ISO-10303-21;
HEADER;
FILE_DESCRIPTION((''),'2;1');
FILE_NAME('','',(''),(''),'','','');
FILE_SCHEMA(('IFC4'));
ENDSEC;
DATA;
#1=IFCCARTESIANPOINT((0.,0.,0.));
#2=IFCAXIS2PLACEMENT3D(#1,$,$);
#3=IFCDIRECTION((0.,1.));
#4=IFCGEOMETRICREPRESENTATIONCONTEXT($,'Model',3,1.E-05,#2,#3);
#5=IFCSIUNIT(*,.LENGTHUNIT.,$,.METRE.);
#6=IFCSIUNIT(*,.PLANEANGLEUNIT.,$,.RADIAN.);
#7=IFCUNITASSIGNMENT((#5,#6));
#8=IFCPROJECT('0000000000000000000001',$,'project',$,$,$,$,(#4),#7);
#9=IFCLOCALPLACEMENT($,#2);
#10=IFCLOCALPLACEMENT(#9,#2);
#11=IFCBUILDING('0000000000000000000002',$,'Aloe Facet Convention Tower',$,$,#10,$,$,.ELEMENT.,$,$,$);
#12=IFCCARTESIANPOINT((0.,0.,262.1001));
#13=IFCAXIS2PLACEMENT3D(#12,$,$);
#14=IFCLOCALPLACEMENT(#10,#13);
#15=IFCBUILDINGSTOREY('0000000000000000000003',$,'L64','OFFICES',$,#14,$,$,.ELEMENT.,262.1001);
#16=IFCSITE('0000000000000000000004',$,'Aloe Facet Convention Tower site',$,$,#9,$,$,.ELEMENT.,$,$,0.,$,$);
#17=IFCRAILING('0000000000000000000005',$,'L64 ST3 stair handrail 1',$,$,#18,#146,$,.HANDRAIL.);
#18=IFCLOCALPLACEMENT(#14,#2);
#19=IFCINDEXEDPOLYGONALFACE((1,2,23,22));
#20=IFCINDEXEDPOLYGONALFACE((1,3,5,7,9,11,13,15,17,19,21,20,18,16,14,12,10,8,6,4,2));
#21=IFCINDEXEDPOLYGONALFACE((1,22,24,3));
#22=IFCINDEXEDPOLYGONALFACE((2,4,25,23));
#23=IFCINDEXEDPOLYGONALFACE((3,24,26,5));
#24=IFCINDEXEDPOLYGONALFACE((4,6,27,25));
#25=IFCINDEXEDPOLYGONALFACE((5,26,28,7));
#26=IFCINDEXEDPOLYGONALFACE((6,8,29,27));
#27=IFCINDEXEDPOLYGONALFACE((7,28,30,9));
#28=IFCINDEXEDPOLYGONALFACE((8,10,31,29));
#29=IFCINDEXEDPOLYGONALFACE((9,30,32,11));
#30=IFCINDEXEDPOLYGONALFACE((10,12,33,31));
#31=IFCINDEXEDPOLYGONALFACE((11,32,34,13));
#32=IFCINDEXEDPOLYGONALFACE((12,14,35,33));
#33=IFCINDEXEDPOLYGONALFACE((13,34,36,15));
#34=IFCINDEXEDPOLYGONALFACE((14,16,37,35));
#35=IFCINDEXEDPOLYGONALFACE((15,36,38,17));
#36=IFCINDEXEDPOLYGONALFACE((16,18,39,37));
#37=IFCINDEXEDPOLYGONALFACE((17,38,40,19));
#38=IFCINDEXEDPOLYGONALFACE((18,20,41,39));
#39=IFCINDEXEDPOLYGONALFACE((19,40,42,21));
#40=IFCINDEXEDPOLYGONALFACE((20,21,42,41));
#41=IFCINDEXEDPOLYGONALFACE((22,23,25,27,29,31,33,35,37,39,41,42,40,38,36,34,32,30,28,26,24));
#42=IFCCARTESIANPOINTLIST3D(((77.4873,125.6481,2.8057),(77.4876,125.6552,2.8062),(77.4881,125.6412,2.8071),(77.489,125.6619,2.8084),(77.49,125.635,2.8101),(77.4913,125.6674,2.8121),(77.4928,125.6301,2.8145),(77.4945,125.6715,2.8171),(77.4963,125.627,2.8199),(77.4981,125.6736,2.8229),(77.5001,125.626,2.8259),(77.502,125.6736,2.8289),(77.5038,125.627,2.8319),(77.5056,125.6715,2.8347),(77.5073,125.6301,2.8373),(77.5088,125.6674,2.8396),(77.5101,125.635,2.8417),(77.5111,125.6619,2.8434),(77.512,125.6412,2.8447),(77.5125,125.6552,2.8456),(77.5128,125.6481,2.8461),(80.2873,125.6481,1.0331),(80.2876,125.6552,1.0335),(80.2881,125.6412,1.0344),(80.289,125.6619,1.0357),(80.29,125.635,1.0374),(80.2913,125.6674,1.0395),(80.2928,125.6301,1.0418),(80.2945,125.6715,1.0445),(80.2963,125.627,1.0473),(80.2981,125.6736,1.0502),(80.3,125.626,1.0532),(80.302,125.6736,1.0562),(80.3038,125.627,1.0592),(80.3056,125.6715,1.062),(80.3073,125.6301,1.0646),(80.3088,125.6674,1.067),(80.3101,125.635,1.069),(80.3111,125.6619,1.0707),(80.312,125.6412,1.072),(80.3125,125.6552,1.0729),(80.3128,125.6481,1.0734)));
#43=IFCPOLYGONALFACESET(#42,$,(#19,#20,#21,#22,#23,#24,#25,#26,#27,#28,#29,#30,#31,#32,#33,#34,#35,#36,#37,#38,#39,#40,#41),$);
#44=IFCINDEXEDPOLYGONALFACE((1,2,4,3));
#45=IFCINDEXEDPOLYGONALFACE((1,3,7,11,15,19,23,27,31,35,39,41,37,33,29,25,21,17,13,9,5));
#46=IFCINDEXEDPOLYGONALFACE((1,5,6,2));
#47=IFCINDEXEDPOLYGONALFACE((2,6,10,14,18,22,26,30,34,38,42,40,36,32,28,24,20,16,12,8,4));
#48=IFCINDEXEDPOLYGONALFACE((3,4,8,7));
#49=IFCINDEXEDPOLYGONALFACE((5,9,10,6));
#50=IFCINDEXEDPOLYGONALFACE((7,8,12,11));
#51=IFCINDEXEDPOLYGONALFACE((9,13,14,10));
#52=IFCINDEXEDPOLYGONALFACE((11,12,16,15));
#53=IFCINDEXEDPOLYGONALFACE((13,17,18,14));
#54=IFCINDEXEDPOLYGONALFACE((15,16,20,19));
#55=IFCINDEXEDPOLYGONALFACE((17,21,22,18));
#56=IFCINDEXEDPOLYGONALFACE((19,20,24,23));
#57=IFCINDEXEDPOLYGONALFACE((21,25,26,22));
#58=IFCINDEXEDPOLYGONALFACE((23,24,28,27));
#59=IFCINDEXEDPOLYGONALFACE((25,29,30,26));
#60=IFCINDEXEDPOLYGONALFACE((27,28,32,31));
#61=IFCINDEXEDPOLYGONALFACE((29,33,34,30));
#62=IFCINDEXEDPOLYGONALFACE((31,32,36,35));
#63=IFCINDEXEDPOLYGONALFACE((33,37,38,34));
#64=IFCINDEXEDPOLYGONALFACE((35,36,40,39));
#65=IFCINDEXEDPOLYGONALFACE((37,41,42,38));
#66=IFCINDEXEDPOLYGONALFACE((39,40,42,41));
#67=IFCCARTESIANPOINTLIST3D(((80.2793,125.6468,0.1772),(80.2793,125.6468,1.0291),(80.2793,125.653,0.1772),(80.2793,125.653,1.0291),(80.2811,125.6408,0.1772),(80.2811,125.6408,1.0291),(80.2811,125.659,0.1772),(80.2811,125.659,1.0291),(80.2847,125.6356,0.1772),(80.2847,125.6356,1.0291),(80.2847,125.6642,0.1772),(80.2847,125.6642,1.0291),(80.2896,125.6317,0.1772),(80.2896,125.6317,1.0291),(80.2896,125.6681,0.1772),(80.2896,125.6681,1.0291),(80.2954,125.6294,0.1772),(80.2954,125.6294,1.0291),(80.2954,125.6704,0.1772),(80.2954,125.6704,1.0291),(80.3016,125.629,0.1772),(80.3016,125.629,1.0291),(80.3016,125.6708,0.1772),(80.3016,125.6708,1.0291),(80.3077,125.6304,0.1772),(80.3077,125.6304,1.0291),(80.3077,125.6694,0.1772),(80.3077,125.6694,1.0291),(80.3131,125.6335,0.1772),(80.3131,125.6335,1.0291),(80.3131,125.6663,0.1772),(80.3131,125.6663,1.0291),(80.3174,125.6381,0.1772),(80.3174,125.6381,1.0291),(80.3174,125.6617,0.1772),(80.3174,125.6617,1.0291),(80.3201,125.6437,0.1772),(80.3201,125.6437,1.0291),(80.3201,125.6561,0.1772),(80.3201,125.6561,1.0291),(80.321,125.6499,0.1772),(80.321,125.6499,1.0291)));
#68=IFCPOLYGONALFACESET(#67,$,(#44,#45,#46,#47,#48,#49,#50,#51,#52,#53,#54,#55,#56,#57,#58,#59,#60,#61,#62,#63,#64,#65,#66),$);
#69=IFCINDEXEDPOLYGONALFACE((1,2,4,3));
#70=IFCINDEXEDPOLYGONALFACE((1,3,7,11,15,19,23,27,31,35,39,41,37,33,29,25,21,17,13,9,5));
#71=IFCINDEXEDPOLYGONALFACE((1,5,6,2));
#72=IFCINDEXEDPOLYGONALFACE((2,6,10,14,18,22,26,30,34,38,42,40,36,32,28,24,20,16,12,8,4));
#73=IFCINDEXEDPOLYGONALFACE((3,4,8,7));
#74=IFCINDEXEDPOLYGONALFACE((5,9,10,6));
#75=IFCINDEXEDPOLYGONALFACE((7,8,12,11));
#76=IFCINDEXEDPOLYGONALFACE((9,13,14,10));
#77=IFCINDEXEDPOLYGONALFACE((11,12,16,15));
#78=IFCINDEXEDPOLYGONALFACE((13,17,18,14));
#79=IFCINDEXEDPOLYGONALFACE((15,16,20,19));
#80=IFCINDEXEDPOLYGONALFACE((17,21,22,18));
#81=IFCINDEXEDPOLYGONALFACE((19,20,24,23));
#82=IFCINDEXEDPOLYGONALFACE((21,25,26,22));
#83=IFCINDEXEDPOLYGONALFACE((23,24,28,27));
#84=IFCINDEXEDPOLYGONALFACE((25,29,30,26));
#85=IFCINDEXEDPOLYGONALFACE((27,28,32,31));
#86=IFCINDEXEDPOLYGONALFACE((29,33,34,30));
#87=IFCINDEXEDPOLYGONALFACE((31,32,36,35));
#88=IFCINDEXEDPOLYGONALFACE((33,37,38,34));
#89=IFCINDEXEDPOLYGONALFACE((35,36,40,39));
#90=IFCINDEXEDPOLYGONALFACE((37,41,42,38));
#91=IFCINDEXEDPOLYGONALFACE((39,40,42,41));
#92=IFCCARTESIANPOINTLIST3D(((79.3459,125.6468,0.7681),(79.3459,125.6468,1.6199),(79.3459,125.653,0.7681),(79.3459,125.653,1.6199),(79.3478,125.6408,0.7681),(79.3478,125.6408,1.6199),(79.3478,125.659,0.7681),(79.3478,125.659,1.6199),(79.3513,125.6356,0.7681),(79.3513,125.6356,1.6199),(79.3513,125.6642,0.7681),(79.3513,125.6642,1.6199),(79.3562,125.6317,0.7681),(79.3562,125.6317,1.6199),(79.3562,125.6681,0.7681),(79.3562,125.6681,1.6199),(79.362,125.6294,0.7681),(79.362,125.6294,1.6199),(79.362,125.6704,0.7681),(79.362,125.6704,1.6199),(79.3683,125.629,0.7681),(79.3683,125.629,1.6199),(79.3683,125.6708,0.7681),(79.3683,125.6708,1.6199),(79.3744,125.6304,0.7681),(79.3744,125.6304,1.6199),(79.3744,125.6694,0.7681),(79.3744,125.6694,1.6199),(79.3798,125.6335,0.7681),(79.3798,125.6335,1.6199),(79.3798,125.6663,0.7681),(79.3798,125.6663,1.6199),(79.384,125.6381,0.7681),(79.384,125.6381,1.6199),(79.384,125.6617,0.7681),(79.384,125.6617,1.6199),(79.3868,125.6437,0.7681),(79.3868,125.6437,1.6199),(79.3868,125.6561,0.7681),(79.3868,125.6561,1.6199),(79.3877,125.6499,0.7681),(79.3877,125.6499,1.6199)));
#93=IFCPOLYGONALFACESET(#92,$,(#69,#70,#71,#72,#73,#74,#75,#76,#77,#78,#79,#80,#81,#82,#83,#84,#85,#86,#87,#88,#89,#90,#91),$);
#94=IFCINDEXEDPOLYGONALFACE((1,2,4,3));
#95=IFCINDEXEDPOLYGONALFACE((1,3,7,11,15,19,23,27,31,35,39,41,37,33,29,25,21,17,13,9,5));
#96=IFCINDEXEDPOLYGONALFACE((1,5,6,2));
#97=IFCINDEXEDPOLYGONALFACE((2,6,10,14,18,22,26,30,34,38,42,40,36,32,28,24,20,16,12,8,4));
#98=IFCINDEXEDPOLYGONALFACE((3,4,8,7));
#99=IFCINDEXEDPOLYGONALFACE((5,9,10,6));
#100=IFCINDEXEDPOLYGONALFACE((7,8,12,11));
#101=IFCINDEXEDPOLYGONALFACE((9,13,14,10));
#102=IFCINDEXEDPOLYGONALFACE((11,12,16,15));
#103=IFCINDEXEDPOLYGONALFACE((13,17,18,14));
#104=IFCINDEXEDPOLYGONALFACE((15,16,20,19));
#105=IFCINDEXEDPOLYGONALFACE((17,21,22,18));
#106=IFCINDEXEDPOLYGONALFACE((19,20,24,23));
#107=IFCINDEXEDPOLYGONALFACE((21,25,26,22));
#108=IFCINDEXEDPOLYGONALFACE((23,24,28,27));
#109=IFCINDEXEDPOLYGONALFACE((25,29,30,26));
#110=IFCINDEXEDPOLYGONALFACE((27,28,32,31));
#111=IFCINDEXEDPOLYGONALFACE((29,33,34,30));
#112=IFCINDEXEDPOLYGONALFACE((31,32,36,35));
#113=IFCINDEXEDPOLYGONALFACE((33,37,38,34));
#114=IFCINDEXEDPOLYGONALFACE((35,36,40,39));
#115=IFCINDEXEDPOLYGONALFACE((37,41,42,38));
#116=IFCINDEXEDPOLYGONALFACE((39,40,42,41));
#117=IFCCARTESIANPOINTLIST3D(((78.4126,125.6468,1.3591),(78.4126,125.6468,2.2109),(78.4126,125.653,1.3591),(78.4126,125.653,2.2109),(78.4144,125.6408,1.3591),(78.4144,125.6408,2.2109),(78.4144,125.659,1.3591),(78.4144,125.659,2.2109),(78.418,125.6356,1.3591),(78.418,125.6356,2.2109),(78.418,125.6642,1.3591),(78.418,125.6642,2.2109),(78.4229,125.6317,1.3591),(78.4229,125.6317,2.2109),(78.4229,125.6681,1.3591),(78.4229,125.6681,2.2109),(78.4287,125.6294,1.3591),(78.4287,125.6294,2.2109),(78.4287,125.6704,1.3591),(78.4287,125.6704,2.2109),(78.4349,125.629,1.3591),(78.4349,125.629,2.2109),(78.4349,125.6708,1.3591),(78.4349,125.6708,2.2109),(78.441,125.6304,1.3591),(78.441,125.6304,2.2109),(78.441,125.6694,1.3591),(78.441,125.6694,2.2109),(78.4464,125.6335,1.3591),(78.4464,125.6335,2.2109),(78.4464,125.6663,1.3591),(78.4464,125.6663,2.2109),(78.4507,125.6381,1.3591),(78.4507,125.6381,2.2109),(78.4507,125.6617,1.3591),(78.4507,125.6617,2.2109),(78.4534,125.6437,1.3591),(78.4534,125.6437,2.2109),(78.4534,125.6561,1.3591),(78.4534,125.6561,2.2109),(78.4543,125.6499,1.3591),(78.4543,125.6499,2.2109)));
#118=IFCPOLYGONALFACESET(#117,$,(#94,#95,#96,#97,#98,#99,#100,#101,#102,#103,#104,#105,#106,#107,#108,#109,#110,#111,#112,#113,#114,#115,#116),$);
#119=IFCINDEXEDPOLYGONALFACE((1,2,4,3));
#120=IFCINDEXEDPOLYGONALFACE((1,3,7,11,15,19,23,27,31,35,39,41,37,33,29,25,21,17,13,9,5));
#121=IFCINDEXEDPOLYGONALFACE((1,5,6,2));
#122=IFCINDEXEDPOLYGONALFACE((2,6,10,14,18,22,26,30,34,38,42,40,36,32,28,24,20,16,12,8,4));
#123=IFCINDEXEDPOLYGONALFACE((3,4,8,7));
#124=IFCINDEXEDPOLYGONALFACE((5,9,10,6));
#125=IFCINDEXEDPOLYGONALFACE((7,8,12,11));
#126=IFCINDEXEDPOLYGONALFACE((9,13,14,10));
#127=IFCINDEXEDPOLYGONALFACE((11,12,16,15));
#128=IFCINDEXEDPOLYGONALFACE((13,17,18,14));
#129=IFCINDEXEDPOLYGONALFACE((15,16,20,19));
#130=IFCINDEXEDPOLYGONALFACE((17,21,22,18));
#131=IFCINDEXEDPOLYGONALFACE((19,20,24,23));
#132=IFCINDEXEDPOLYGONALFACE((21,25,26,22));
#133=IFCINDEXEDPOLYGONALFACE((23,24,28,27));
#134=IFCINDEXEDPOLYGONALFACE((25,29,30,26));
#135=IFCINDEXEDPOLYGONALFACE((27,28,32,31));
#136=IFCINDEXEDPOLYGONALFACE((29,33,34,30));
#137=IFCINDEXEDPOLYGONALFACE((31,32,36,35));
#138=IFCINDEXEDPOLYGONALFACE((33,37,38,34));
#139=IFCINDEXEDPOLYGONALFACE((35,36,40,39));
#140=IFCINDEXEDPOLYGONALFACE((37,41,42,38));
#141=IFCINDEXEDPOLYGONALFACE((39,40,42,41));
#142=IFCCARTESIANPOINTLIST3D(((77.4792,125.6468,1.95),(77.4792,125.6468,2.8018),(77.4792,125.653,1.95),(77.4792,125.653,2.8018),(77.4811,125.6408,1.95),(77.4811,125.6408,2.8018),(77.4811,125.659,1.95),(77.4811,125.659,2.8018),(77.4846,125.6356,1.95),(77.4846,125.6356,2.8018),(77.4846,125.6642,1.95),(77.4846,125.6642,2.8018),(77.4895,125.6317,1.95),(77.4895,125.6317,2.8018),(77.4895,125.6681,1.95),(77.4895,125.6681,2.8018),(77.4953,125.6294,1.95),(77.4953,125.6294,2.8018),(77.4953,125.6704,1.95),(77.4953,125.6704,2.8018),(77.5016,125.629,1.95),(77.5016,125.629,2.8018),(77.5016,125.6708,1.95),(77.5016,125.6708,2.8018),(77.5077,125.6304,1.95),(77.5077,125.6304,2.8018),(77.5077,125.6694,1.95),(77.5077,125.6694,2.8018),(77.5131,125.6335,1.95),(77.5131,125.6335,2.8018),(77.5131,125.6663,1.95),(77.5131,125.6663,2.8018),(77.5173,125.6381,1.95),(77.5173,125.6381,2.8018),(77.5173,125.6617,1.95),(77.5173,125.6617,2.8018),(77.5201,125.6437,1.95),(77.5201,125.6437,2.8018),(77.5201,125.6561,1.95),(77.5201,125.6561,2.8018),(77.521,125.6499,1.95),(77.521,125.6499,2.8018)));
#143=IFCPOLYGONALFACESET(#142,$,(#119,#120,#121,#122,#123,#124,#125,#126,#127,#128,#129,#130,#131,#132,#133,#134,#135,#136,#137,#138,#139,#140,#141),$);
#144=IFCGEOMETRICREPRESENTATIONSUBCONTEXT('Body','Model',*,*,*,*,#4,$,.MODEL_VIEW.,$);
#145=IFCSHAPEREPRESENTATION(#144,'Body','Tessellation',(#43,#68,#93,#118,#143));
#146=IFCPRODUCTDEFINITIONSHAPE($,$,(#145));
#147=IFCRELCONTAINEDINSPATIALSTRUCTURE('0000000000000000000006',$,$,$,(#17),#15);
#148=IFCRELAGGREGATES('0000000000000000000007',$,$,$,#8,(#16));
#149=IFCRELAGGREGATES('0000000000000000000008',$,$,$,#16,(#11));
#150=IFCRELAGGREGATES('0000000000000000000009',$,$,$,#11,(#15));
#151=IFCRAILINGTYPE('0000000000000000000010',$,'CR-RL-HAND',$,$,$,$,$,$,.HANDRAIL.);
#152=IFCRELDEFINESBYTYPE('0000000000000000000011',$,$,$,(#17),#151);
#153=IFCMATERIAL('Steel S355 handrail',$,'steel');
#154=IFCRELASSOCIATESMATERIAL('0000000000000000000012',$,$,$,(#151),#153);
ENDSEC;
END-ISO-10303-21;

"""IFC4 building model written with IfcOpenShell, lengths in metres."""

from ifc_helpers import new_model, si_unit, direction, frame, origin, origin_2d, place, context, subcontext, project, spatial, circle, extrude, material, type_object, element, save


model = new_model("IFC4")

# Units and contexts
model_context = context("Model", 3, precision=1e-05, world=origin(), true_north=direction((0.0, 1.0)))
body_context = subcontext(model_context, "Body", "Model", "MODEL_VIEW")
ifc_project = project(units=[si_unit("LENGTHUNIT", "METRE"), si_unit("PLANEANGLEUNIT", "RADIAN")], contexts=[model_context])

# Site, building, storey
site_placement = place(None, origin())
site = spatial("IfcSite", under=ifc_project, at=site_placement, Name="Aloe Facet Convention Tower site", CompositionType="ELEMENT", RefElevation=0.0)
building_placement = place(site_placement, origin())
building = spatial("IfcBuilding", under=site, at=building_placement, Name="Aloe Facet Convention Tower", CompositionType="ELEMENT")
storey_placement = place(building_placement, frame((0.0, 0.0, 262.1001)))
storey = spatial("IfcBuildingStorey", under=building, at=storey_placement, Name="L64", Description="OFFICES", CompositionType="ELEMENT", Elevation=262.1001)

# Railing
ifc_material_1 = material(Name="Steel S355 handrail", Category="steel")
railing_type_1 = type_object("IfcRailingType", Name="CR-RL-HAND", PredefinedType="HANDRAIL", material=ifc_material_1)
railing_1_placement = place(storey_placement, frame((80.3, 125.6499, 0.1772)))
element("IfcRailing", 1, at=railing_1_placement, inside=storey, type_object=railing_type_1, Name="L64 ST3 stair handrail 1", PredefinedType="HANDRAIL", context=body_context, shape_type="SweptSolid", body=[
    extrude(circle(Radius=0.0239, at=origin_2d()), frame((0.0, 0.0, 0.876), z_axis=(-0.844909, 0.0, 0.53491), x_axis=(0.0, -1.0, 0.0)), (0.0, 0.0, 1.0), 3.314),
    extrude(circle(Radius=0.021, at=origin_2d()), origin(), (0.0, 0.0, 1.0), 0.8518),
    extrude(circle(Radius=0.021, at=origin_2d()), frame((-0.9333, 0.0, 0.5908)), (0.0, 0.0, 1.0), 0.8518),
    extrude(circle(Radius=0.021, at=origin_2d()), frame((-1.8667, 0.0, 1.1819)), (0.0, 0.0, 1.0), 0.8518),
    extrude(circle(Radius=0.021, at=origin_2d()), frame((-2.8, 0.0, 1.7727)), (0.0, 0.0, 1.0), 0.8518),
])

save(model, "model.ifc")
